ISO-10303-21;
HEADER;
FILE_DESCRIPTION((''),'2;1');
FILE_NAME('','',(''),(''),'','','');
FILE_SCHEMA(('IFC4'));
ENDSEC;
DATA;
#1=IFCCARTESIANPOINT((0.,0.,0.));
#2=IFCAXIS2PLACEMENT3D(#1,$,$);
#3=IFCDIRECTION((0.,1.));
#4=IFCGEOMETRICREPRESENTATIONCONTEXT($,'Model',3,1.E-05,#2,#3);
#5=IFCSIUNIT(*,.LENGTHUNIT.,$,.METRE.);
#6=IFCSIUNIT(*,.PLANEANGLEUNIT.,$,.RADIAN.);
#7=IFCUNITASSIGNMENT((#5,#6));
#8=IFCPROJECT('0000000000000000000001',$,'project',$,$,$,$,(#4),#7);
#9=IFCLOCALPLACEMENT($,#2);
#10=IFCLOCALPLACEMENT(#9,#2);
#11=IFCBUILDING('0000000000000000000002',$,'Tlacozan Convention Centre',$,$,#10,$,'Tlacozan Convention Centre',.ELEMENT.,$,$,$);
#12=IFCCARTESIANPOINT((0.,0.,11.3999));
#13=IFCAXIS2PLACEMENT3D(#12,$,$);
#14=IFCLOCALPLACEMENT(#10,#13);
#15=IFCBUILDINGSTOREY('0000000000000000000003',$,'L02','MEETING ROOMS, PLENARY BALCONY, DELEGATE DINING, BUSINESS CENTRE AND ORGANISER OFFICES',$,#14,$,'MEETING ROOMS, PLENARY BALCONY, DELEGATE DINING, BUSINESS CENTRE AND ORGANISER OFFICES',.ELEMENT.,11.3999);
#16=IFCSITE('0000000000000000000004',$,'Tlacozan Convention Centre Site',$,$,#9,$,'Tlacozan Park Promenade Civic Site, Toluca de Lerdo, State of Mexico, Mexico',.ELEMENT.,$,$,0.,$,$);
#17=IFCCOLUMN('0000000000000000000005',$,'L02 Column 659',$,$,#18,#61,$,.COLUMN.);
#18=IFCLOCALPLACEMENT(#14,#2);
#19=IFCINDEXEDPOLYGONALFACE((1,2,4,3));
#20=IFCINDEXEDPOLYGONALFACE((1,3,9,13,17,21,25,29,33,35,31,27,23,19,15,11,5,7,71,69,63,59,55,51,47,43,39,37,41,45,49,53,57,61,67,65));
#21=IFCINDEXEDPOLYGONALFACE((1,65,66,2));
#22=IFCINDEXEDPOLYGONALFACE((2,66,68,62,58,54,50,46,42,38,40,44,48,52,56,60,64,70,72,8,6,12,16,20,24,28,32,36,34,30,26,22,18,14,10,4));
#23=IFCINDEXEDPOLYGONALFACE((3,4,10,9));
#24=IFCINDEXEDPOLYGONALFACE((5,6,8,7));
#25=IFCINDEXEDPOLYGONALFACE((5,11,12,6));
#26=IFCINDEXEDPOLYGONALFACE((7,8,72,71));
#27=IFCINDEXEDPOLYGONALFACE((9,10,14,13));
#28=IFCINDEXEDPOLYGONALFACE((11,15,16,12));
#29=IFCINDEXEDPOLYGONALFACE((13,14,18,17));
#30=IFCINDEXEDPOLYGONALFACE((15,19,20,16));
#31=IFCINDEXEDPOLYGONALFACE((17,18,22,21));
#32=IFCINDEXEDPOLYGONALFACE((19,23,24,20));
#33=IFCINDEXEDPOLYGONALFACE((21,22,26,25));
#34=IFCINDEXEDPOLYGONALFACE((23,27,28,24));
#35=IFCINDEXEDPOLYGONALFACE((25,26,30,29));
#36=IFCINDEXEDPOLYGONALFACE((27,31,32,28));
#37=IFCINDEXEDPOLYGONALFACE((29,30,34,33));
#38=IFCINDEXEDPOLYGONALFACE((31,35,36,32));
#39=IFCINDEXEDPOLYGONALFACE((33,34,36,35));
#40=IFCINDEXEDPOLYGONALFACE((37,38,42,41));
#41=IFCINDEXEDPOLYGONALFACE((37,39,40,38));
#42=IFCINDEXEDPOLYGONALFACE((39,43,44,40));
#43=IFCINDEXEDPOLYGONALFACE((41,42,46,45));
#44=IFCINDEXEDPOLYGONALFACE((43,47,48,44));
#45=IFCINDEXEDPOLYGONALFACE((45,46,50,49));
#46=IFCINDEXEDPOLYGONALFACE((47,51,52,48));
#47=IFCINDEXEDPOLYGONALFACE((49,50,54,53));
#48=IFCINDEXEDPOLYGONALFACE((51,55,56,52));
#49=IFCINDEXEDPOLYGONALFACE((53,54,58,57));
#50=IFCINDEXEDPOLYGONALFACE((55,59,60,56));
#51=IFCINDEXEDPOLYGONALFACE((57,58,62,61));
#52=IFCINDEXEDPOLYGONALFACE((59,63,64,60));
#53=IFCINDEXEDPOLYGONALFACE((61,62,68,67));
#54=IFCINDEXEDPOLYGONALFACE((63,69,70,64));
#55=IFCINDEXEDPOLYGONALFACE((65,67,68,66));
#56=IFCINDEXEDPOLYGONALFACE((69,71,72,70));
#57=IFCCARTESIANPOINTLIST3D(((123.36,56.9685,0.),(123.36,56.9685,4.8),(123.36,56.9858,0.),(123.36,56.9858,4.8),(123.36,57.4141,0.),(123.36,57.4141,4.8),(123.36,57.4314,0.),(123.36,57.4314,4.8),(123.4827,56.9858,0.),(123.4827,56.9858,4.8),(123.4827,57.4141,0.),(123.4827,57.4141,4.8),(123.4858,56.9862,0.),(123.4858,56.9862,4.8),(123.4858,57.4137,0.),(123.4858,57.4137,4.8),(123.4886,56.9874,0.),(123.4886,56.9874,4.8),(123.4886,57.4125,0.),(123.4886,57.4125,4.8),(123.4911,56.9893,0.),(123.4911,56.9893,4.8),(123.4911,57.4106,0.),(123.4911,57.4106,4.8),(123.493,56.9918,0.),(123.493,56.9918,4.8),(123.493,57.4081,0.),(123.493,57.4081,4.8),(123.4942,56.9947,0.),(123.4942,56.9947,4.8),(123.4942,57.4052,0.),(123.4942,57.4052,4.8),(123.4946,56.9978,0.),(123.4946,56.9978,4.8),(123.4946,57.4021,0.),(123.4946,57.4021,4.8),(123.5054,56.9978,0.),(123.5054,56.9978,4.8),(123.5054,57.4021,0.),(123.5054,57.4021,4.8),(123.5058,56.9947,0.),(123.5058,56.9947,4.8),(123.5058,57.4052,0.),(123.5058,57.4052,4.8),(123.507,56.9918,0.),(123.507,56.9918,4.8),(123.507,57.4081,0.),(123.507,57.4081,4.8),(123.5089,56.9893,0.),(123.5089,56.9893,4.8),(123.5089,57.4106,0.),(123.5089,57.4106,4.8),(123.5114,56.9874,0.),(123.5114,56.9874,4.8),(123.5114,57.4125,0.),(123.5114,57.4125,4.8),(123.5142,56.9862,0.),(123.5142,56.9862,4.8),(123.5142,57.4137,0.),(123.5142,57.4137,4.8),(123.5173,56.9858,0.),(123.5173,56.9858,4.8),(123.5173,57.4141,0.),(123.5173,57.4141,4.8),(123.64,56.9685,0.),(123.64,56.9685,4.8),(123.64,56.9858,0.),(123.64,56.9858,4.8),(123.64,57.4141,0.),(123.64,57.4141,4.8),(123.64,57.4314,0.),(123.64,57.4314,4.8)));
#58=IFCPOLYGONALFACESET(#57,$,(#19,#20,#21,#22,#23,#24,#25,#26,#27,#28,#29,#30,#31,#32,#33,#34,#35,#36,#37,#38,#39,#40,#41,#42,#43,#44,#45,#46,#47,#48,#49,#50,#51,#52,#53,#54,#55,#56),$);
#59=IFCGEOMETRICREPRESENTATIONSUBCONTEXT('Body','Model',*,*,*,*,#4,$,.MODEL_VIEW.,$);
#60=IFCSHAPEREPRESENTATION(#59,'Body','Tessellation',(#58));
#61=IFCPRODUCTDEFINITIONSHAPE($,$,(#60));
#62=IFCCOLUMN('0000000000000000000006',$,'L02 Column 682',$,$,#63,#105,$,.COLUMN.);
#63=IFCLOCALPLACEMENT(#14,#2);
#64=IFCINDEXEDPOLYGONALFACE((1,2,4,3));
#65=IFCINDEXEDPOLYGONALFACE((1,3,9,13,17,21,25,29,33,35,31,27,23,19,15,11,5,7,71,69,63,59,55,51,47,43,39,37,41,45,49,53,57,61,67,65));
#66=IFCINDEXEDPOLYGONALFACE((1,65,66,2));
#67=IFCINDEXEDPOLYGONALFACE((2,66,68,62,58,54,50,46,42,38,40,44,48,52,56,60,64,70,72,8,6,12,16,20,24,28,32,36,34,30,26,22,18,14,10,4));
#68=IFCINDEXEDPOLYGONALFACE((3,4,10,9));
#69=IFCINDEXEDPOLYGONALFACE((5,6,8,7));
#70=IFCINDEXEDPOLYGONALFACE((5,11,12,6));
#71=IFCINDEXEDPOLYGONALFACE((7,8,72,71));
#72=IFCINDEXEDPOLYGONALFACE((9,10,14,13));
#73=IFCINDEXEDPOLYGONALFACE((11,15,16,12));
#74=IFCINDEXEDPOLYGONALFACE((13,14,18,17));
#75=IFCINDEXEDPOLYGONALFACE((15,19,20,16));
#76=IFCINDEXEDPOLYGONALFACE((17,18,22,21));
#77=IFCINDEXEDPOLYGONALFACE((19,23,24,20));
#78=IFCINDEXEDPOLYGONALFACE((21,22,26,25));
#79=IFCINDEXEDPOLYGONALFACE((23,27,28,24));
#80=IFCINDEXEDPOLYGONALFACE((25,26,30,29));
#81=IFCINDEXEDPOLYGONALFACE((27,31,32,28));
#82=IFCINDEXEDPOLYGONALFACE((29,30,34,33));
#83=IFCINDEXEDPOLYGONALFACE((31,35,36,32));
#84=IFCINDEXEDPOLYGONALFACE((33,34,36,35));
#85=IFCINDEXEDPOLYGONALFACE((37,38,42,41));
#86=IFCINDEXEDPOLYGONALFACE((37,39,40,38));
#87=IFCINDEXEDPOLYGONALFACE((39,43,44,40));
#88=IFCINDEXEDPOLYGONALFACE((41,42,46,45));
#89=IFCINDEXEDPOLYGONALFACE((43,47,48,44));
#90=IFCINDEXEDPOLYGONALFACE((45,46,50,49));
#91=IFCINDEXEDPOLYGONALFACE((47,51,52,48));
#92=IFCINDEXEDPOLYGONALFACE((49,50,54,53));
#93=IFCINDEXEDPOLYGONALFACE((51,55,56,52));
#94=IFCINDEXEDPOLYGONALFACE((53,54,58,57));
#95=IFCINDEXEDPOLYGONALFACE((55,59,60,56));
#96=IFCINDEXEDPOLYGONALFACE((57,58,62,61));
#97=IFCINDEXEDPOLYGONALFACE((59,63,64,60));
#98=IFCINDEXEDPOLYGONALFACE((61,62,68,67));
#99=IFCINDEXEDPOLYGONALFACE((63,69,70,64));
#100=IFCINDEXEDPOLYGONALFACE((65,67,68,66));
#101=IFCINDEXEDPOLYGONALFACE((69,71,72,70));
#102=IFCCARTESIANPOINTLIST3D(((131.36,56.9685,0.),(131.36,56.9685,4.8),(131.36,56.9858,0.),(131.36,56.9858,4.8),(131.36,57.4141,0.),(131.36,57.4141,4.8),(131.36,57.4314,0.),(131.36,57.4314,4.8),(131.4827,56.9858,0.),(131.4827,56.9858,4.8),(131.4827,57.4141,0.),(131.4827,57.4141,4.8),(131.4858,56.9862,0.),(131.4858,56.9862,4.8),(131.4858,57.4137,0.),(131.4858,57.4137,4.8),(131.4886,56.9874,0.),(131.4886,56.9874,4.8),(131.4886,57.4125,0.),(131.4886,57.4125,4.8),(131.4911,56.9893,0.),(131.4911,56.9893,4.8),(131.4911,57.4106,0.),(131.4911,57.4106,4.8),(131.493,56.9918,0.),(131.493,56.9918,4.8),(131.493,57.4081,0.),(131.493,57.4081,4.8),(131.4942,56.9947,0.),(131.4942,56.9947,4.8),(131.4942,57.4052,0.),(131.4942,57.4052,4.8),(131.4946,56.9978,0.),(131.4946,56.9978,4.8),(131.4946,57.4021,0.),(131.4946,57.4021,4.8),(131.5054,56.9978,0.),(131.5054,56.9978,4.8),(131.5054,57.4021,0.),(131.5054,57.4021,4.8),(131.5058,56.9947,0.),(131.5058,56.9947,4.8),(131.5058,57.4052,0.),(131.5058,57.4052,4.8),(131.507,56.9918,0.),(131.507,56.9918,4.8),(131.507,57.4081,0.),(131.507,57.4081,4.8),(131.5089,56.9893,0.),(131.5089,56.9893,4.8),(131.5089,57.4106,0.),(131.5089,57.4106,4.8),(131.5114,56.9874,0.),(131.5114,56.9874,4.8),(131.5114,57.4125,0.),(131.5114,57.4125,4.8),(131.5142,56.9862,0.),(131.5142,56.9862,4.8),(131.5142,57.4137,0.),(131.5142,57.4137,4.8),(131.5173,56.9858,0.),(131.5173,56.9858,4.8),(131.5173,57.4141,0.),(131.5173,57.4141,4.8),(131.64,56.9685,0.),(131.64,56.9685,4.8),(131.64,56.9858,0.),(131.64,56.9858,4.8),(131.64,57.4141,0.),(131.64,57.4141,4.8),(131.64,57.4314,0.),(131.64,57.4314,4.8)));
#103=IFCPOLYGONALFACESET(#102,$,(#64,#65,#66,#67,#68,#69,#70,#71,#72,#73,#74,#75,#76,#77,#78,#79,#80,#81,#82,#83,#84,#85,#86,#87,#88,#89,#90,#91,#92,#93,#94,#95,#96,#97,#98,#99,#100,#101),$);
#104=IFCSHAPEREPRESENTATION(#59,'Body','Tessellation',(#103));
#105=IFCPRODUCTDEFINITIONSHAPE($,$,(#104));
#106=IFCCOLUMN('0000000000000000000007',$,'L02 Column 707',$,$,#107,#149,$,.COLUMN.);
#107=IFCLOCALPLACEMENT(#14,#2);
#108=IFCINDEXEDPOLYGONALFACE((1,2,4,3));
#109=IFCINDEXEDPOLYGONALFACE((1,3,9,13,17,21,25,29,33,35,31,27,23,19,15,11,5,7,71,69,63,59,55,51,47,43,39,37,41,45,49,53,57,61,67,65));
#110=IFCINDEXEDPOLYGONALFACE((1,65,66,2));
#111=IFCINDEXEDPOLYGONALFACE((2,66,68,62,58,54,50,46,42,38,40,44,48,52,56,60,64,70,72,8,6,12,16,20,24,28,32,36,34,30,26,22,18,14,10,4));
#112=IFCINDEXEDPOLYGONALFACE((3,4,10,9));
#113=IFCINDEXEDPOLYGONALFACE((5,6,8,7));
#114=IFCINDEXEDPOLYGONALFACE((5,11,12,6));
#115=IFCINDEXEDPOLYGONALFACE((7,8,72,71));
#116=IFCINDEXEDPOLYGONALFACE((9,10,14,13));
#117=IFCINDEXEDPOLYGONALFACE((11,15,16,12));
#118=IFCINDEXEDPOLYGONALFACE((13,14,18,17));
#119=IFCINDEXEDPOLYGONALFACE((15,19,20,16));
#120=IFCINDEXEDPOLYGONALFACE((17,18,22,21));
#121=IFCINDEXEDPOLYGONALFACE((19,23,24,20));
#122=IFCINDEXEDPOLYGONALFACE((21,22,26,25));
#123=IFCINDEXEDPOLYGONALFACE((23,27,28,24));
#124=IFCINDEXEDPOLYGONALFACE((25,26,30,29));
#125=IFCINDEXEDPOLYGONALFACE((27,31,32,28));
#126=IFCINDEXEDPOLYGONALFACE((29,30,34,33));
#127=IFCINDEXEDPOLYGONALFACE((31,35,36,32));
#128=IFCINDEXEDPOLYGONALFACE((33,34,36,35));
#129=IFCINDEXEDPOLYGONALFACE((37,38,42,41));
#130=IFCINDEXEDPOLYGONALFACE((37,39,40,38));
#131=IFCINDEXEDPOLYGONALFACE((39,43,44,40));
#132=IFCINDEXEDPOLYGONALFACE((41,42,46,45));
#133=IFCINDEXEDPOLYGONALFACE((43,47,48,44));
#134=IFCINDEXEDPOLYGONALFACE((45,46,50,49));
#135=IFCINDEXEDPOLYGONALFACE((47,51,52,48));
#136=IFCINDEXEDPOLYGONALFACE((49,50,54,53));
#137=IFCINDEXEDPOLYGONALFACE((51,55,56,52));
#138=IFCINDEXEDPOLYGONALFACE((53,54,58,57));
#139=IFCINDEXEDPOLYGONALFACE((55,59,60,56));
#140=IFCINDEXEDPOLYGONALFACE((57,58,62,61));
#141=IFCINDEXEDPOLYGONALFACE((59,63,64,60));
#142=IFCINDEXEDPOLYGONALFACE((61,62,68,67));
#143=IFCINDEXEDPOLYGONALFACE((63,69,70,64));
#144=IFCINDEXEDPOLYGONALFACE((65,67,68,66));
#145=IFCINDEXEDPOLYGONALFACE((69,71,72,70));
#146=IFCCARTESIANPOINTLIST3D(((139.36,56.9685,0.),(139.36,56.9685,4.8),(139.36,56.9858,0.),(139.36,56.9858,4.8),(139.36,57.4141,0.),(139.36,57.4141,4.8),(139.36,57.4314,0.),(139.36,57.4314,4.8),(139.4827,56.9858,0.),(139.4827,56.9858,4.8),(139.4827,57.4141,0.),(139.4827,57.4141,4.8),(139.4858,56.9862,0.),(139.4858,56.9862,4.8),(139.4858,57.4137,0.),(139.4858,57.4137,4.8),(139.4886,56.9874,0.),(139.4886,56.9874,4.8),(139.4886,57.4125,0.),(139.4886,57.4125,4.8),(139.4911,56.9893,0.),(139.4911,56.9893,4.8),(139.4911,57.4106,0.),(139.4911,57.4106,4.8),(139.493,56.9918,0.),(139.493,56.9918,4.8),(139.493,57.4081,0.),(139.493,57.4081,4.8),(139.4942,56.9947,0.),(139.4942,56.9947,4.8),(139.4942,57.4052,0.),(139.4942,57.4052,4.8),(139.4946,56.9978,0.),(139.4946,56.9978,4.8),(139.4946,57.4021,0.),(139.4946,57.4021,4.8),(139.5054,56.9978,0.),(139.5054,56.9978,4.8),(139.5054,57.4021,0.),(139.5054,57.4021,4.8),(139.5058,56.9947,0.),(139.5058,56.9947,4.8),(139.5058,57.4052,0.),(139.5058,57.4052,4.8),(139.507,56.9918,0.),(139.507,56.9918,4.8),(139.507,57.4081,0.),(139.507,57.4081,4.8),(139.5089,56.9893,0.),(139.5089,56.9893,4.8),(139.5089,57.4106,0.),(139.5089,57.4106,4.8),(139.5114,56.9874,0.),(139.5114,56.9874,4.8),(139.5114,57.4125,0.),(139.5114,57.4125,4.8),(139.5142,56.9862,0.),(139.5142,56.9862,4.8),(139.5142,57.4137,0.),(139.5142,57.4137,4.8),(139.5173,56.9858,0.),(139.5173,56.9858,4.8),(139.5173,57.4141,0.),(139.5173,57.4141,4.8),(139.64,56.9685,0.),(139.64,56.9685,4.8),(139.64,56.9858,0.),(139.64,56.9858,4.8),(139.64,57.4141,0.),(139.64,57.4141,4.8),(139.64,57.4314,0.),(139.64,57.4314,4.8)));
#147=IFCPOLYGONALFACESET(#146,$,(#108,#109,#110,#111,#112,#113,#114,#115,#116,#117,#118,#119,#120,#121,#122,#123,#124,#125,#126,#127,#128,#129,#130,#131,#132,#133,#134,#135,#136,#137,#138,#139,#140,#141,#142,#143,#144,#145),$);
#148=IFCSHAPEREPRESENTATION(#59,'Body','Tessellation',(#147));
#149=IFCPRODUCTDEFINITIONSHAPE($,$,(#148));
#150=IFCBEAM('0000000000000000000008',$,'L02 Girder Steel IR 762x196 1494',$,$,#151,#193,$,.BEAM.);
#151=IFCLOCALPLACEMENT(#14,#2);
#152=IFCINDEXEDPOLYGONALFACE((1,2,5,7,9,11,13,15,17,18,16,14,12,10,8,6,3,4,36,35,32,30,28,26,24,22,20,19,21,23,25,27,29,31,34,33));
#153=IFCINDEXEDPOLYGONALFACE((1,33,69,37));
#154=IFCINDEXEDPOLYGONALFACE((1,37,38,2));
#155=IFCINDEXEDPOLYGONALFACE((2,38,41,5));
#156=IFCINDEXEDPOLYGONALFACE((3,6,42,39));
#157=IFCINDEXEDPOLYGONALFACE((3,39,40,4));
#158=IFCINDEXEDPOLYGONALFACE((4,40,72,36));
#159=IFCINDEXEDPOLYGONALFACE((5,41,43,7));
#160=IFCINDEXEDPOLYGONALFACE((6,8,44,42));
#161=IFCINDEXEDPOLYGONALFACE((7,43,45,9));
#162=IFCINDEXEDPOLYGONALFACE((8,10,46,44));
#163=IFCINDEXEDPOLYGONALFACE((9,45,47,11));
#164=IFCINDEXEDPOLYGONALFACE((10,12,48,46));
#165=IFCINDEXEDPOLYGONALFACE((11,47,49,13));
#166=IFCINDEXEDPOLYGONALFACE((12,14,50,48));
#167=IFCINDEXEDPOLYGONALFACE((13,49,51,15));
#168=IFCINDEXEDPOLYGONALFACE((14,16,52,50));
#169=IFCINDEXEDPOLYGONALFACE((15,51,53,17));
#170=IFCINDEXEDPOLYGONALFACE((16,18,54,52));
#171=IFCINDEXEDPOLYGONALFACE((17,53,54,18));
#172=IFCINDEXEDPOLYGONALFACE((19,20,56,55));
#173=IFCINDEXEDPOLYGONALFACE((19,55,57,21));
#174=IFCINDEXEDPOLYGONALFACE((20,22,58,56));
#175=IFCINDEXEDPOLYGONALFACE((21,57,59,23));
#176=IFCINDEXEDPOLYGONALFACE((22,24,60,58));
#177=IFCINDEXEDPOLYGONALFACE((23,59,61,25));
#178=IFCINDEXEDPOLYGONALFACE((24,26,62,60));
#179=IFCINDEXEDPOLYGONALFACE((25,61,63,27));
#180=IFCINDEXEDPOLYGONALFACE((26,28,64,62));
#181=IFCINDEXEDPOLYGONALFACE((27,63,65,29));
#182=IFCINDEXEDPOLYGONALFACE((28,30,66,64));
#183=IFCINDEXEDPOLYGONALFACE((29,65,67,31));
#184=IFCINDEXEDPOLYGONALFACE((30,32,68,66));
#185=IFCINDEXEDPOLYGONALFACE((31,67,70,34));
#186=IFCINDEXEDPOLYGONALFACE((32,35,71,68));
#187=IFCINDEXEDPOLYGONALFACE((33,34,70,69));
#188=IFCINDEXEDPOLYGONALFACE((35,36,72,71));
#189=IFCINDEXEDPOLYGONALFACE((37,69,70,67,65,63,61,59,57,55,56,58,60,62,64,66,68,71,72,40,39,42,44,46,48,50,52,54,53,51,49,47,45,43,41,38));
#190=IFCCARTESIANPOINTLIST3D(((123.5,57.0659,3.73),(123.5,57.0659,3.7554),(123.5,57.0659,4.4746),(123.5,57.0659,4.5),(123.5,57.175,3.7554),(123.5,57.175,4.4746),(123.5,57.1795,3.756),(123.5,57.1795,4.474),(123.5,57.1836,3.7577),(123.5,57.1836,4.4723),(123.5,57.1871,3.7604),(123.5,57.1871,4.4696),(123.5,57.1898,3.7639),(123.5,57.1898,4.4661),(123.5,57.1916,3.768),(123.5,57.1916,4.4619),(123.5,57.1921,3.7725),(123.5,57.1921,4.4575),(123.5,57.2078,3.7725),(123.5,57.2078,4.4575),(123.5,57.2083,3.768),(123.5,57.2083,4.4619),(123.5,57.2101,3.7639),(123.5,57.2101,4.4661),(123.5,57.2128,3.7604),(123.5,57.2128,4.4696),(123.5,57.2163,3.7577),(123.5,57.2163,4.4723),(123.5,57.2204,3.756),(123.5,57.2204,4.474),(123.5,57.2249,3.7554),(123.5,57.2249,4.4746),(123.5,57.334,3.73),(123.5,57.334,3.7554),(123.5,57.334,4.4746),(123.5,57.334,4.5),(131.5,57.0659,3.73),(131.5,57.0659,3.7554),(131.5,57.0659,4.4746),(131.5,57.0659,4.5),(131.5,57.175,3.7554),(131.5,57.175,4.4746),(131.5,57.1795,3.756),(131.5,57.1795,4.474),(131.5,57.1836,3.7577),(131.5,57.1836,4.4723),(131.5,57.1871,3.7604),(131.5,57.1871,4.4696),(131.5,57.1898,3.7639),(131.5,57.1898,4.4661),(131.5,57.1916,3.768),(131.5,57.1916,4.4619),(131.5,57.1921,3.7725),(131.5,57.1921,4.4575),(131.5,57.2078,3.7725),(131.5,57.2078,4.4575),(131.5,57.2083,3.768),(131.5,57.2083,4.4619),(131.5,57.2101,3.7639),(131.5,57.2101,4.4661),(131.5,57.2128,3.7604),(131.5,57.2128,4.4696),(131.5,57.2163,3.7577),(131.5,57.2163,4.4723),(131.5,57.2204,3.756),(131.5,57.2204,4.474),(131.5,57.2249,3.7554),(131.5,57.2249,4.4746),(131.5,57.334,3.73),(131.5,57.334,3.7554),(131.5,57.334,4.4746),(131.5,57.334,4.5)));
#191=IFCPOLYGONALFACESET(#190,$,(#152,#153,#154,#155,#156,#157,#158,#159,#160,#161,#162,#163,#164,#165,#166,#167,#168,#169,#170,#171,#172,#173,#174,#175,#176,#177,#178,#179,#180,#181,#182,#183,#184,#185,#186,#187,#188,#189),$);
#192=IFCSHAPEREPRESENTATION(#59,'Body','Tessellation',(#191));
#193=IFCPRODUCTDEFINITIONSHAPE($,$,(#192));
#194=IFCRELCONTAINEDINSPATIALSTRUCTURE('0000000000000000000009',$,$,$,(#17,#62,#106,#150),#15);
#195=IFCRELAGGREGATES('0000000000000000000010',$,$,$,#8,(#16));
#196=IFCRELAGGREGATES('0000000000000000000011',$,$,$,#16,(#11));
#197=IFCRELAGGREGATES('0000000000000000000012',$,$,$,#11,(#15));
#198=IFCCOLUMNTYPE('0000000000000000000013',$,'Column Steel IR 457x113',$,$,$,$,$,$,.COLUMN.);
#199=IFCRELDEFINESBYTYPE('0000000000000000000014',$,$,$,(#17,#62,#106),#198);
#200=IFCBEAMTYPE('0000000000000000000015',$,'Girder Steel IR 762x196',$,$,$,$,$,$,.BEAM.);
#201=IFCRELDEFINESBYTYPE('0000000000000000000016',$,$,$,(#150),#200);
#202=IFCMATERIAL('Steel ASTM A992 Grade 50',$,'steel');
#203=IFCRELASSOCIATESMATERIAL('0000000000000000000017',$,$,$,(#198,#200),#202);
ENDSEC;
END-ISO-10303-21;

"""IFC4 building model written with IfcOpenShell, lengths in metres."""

from ifc_helpers import new_model, si_unit, direction, frame, origin, origin_2d, place, context, subcontext, project, spatial, i_section, extrude, material, material_profile, profile_set, type_object, element, save


model = new_model("IFC4")

# Units and contexts
model_context = context("Model", 3, precision=1e-05, world=origin(), true_north=direction((0.0, 1.0)))
body_context = subcontext(model_context, "Body", "Model", "MODEL_VIEW")
ifc_project = project(units=[si_unit("LENGTHUNIT", "METRE"), si_unit("PLANEANGLEUNIT", "RADIAN")], contexts=[model_context])

# Site, building, storey
site_placement = place(None, origin())
site = spatial("IfcSite", under=ifc_project, at=site_placement, Name="Tlacozan Convention Centre Site", LongName="Tlacozan Park Promenade Civic Site, Toluca de Lerdo, State of Mexico, Mexico", CompositionType="ELEMENT", RefElevation=0.0)
building_placement = place(site_placement, origin())
building = spatial("IfcBuilding", under=site, at=building_placement, Name="Tlacozan Convention Centre", LongName="Tlacozan Convention Centre", CompositionType="ELEMENT")
storey_placement = place(building_placement, frame((0.0, 0.0, 11.3999)))
storey = spatial("IfcBuildingStorey", under=building, at=storey_placement, Name="L02", Description="MEETING ROOMS, PLENARY BALCONY, DELEGATE DINING, BUSINESS CENTRE AND ORGANISER OFFICES", LongName="MEETING ROOMS, PLENARY BALCONY, DELEGATE DINING, BUSINESS CENTRE AND ORGANISER OFFICES", CompositionType="ELEMENT", Elevation=11.3999)

# Columns
ifc_material_1 = material(Name="Steel ASTM A992 Grade 50", Category="steel")
ifc_material_profile_1 = material_profile(ifc_material_1, i_section(OverallWidth=0.28, OverallDepth=0.4629, WebThickness=0.0107, FlangeThickness=0.0173, FilletRadius=0.012, at=origin_2d()), Name="IR 457x113.0")
ifc_profile_set_1 = profile_set([ifc_material_profile_1], Name="Steel ASTM A992 Grade 50")
column_type = type_object("IfcColumnType", Name="Column Steel IR 457x113", PredefinedType="COLUMN", material=ifc_profile_set_1)
for number, where, z_axis, x_axis, name in (
    (1, (123.5, 57.2, 0.0), (0.0, 0.0, 1.0), (1.0, 0.0, 0.0), "L02 Column 659"),
    (2, (131.5, 57.2, 0.0), (0.0, 0.0, 1.0), (1.0, 0.0, 0.0), "L02 Column 682"),
    (3, (139.5, 57.2, 0.0), (0.0, 0.0, 1.0), (1.0, 0.0, 0.0), "L02 Column 707"),
):
    element("IfcColumn", number, at=place(storey_placement, frame(where, z_axis=z_axis, x_axis=x_axis)), inside=storey, type_object=column_type, Name=name, PredefinedType="COLUMN", context=body_context, shape_type="SweptSolid", body=[
        extrude(i_section(OverallWidth=0.28, OverallDepth=0.4629, WebThickness=0.0107, FlangeThickness=0.0173, FilletRadius=0.012, at=origin_2d()), origin(), (0.0, 0.0, 1.0), 4.8),
    ])

# Beam
ifc_material_profile_2 = material_profile(ifc_material_1, i_section(OverallWidth=0.2681, OverallDepth=0.77, WebThickness=0.0156, FlangeThickness=0.0254, FilletRadius=0.0171, at=origin_2d()), Name="IR 762x196.0")
ifc_profile_set_2 = profile_set([ifc_material_profile_2], Name="Steel ASTM A992 Grade 50")
beam_type_1 = type_object("IfcBeamType", Name="Girder Steel IR 762x196", PredefinedType="BEAM", material=ifc_profile_set_2)
for number, where, z_axis, x_axis, name in (
    (4, (123.5, 57.2, 4.115), (1.0, 0.0, 0.0), (0.0, 1.0, 0.0), "L02 Girder Steel IR 762x196 1494"),
):
    element("IfcBeam", number, at=place(storey_placement, frame(where, z_axis=z_axis, x_axis=x_axis)), inside=storey, type_object=beam_type_1, Name=name, PredefinedType="BEAM", context=body_context, shape_type="SweptSolid", body=[
        extrude(i_section(OverallWidth=0.2681, OverallDepth=0.77, WebThickness=0.0156, FlangeThickness=0.0254, FilletRadius=0.0171, at=origin_2d()), origin(), (0.0, 0.0, 1.0), 8.0),
    ])

save(model, "model.ifc")
